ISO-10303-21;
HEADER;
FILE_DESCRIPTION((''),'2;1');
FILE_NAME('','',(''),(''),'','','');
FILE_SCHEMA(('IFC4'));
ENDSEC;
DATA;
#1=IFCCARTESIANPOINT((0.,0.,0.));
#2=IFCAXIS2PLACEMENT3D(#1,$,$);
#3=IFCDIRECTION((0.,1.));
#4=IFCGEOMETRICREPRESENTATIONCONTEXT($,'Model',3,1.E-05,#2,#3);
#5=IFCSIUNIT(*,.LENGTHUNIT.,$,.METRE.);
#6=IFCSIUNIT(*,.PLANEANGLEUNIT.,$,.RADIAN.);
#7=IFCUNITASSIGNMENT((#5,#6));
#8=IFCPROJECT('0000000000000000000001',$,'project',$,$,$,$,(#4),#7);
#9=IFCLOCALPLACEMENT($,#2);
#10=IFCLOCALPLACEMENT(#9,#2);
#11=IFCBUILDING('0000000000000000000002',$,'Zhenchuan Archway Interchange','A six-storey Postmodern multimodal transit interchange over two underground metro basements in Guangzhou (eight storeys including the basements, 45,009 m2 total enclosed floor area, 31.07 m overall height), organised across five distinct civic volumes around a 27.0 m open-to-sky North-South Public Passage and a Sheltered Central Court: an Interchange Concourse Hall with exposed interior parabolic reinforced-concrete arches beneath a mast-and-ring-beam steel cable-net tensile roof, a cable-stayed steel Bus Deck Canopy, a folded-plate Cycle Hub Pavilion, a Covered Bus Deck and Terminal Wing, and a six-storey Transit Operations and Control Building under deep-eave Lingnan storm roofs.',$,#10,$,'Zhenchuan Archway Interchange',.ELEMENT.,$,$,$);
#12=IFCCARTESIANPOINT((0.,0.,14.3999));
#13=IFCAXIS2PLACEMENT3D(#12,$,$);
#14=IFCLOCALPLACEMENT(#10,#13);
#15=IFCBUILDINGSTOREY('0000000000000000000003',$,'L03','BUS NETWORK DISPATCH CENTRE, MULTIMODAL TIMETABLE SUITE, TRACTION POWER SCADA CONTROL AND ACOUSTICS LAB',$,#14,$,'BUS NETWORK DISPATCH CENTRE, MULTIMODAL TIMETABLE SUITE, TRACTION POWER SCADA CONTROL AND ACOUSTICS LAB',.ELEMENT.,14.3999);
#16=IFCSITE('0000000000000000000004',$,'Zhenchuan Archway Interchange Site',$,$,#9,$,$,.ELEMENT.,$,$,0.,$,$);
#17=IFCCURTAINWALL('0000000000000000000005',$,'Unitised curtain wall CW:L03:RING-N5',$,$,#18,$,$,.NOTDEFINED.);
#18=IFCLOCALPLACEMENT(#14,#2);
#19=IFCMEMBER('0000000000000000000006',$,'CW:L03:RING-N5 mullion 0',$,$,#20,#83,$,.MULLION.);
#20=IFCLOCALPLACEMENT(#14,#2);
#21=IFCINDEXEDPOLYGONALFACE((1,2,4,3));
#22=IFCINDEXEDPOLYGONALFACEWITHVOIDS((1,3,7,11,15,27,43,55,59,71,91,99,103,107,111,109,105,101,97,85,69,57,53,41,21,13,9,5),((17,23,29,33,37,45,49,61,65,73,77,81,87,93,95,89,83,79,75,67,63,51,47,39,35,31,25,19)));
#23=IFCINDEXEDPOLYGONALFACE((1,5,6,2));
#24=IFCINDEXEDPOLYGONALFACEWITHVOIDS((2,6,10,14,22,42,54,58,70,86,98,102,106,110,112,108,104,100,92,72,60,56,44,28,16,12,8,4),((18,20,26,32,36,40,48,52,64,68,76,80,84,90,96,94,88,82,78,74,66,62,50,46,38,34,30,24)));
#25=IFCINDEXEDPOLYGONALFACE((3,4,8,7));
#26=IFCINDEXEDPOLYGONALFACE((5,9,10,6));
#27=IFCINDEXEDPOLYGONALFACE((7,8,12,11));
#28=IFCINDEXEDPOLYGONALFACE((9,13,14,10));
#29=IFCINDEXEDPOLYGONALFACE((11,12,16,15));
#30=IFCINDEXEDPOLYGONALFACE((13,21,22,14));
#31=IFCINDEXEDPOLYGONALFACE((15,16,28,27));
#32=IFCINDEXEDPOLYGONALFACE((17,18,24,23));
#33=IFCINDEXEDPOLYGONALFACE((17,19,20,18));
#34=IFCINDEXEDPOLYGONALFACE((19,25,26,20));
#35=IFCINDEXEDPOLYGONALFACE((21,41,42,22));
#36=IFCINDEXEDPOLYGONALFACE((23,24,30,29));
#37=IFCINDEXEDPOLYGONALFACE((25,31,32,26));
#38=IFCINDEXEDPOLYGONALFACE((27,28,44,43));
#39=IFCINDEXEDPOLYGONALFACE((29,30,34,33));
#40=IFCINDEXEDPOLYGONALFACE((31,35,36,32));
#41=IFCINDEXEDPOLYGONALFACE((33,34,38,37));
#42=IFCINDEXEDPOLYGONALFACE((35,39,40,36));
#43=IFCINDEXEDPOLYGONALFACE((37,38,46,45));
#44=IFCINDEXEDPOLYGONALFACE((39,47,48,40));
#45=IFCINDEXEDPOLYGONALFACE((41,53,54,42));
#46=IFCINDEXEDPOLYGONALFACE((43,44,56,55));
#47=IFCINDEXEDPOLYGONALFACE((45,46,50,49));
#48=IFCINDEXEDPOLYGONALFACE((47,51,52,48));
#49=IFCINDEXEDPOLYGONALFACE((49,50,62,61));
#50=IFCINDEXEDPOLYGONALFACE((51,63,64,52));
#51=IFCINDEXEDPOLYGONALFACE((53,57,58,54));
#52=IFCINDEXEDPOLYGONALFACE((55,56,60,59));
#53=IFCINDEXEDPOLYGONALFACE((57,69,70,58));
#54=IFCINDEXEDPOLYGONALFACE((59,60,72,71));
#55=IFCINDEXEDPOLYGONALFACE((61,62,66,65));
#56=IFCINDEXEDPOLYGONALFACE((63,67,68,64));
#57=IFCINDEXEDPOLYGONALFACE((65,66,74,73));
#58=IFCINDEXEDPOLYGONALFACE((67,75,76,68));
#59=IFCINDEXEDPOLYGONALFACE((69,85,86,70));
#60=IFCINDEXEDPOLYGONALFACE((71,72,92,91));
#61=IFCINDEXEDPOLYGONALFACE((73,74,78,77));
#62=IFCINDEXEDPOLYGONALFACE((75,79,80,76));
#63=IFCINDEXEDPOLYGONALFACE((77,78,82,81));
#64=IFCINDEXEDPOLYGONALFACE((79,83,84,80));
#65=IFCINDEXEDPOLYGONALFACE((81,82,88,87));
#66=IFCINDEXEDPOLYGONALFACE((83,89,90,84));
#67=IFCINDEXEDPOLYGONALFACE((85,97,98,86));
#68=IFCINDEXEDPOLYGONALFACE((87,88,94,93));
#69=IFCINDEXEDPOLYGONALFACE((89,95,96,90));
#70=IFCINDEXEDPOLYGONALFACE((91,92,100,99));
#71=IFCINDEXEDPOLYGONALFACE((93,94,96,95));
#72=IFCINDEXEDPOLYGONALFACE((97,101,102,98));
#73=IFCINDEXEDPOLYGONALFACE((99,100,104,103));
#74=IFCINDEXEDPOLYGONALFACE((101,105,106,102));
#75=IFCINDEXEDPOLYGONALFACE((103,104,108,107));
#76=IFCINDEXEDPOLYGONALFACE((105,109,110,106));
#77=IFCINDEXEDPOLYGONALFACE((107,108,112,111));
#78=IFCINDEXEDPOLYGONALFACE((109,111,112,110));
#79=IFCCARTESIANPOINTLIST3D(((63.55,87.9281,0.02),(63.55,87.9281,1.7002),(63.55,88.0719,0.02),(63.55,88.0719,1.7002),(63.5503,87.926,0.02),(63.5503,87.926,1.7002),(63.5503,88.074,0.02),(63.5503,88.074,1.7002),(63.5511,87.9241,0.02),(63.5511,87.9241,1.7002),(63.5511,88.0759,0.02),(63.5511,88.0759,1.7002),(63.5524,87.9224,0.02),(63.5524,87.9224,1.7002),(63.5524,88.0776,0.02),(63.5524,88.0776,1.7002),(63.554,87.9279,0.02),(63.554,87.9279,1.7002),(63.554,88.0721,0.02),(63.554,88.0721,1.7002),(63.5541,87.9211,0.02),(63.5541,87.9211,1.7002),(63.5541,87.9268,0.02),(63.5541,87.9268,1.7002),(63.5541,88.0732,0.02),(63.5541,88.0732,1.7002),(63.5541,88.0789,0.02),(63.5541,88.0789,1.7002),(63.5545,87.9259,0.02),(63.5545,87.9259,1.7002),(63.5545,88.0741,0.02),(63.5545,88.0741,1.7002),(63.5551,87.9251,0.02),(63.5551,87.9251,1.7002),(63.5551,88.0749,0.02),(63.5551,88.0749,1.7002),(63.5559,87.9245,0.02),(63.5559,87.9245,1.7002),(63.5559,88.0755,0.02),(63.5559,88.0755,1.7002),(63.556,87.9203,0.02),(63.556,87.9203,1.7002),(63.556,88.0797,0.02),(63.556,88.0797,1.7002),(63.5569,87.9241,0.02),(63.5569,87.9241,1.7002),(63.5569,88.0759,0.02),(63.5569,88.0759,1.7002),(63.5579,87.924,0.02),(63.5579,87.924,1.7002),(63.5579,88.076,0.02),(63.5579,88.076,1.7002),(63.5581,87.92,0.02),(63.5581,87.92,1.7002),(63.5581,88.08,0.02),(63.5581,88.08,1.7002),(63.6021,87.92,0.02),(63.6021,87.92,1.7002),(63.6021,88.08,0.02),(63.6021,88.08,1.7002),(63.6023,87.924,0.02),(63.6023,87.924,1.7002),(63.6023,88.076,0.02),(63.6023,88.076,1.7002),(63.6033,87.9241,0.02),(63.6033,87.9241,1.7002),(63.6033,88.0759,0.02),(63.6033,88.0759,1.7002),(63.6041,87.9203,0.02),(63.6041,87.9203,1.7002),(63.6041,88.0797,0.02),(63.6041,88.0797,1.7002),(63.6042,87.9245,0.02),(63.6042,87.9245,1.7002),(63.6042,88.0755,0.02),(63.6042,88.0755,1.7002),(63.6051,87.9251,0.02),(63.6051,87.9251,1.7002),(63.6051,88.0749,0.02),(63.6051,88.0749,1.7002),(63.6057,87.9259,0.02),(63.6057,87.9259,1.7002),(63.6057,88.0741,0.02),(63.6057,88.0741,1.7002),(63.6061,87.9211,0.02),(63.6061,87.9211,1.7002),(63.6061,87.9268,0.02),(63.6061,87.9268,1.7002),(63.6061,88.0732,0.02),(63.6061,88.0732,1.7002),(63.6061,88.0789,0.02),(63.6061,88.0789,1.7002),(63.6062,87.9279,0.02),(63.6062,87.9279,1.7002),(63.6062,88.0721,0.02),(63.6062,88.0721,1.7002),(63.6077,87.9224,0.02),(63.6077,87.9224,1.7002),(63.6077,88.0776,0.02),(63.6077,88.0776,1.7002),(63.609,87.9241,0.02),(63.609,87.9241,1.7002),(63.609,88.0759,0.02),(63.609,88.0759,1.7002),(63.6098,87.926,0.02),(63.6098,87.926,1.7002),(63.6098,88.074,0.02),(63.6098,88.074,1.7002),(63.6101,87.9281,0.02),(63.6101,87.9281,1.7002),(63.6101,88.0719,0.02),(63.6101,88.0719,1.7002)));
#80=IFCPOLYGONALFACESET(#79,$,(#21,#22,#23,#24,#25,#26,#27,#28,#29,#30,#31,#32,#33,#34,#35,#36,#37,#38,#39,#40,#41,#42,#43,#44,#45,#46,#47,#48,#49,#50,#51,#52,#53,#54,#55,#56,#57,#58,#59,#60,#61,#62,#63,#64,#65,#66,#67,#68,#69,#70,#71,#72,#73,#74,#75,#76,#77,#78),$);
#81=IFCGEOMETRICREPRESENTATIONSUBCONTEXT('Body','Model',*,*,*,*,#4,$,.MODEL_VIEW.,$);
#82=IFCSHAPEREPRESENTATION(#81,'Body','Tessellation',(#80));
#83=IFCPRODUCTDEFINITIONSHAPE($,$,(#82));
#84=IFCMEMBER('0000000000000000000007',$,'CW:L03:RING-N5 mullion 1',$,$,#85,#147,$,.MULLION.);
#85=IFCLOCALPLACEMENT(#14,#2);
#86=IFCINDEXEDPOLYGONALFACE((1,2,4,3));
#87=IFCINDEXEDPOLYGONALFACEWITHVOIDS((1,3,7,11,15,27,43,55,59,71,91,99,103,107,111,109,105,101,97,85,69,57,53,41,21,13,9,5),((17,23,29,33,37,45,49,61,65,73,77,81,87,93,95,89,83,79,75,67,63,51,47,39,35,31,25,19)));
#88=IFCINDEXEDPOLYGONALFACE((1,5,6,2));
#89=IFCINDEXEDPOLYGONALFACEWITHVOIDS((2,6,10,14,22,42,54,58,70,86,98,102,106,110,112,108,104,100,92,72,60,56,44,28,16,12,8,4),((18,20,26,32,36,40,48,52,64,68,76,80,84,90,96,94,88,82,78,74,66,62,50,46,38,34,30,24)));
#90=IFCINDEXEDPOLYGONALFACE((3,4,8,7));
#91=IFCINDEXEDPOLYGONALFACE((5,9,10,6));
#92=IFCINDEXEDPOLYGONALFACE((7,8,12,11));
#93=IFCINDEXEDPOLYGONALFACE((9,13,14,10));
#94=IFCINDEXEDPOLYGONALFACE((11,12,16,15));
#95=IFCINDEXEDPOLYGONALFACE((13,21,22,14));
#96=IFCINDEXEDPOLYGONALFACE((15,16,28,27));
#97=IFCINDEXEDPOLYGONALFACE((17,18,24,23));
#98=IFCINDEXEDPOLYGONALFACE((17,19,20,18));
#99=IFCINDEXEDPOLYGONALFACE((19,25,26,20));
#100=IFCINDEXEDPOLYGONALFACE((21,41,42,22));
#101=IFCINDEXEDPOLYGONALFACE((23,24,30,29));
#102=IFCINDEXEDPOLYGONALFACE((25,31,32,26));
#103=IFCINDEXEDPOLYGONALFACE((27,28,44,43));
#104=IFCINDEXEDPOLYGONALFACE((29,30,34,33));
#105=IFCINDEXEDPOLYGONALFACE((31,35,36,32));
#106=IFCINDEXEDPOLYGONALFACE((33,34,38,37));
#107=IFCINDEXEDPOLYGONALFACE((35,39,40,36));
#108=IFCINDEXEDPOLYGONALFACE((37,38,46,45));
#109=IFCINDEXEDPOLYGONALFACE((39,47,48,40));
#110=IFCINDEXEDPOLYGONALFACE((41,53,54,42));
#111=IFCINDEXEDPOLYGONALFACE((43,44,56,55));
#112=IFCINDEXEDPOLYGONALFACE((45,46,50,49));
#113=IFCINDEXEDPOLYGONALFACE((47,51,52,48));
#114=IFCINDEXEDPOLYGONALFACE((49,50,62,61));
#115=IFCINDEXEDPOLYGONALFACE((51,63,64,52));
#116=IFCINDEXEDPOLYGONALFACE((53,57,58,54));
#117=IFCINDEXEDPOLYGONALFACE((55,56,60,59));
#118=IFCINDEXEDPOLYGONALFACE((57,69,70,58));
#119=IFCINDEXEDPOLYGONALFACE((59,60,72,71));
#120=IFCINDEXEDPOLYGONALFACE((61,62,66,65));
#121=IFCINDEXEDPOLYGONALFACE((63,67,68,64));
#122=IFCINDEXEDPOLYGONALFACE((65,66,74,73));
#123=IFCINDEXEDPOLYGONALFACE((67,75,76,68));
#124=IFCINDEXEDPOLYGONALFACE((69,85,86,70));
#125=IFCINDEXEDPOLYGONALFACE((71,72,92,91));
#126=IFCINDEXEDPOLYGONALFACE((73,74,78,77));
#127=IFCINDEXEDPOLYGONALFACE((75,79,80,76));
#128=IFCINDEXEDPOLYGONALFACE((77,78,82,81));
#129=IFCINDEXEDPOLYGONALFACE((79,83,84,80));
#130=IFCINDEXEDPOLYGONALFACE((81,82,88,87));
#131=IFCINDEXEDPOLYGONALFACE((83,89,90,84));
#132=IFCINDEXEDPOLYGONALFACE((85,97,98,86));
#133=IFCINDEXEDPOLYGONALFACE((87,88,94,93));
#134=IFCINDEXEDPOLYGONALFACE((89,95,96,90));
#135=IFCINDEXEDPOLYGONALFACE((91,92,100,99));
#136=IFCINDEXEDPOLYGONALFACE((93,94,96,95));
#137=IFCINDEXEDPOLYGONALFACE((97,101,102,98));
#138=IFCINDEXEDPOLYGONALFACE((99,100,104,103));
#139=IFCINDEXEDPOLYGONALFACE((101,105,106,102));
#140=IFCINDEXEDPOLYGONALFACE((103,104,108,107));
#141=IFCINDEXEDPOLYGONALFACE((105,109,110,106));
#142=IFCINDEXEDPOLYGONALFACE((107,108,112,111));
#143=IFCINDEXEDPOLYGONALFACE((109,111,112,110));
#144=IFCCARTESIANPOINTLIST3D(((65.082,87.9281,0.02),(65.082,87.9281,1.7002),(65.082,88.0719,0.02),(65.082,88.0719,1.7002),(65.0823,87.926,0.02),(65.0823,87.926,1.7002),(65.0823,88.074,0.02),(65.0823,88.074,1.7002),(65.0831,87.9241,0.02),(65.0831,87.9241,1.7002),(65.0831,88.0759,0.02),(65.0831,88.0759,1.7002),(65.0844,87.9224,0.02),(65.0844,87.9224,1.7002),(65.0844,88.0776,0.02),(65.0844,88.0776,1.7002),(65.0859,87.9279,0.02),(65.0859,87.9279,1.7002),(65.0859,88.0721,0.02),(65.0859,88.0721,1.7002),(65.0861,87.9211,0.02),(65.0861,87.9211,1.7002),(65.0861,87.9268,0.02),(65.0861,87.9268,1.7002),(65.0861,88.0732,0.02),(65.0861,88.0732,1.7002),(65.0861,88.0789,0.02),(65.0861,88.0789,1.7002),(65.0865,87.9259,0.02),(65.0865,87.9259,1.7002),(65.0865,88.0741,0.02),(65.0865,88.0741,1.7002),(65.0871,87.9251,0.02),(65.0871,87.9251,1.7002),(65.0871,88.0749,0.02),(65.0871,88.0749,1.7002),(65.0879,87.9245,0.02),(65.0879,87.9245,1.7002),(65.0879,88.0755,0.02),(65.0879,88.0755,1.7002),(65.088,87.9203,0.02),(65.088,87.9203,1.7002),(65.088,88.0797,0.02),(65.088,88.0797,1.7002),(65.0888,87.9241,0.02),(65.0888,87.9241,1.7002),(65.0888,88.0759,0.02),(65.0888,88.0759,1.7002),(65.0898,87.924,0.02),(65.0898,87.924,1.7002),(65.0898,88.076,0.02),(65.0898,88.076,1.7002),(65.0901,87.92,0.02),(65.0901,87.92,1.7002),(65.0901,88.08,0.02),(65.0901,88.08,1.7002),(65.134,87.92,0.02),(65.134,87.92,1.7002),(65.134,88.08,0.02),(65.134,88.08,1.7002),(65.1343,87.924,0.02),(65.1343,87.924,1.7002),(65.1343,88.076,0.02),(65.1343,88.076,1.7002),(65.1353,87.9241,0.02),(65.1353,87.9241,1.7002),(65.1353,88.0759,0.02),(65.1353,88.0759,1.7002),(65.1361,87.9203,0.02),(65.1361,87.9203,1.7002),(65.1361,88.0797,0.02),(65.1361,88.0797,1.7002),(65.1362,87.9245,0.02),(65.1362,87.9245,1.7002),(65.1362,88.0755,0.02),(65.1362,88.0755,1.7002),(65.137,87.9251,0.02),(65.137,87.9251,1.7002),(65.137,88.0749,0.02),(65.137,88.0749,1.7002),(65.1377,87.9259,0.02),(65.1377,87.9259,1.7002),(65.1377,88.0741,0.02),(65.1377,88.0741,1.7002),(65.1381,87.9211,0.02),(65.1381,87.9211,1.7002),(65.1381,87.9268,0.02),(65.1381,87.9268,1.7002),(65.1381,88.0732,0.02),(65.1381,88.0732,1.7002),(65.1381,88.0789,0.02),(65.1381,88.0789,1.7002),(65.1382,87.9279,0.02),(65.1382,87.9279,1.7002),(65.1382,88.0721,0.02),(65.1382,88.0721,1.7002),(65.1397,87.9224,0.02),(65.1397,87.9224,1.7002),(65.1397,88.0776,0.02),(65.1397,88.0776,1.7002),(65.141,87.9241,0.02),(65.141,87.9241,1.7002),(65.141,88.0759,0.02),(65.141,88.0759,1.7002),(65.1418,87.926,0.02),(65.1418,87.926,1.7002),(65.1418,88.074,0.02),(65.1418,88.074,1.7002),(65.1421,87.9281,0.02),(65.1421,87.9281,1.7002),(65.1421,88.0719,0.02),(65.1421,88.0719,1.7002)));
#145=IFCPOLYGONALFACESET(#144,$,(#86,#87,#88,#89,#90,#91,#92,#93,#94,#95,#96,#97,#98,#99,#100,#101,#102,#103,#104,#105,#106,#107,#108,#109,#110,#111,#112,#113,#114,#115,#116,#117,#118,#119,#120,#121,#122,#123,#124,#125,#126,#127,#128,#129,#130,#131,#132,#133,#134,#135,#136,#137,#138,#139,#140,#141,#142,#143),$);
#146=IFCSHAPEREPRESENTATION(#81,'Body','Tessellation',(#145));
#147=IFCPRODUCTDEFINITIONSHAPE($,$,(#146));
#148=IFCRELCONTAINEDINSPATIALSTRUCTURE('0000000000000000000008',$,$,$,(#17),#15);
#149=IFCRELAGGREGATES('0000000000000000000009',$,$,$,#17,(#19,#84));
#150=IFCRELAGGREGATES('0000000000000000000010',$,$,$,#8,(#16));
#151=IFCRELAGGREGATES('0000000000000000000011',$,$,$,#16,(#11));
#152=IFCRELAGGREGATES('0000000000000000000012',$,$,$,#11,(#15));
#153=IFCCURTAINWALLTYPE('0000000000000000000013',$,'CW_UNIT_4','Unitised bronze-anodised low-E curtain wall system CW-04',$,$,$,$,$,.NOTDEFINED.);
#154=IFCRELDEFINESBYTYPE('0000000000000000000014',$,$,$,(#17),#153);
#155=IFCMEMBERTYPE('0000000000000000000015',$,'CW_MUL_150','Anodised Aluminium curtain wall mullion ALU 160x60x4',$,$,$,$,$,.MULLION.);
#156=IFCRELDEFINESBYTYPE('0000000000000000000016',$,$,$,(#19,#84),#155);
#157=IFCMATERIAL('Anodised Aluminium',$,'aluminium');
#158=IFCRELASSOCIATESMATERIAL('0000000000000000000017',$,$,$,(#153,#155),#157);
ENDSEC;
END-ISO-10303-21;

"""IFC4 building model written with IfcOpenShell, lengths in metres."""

from ifc_helpers import new_model, si_unit, direction, frame, origin, origin_2d, place, context, subcontext, project, spatial, hollow_rectangle, extrude, material, material_profile, profile_set, type_object, element, aggregate, save


model = new_model("IFC4")

# Units and contexts
model_context = context("Model", 3, precision=1e-05, world=origin(), true_north=direction((0.0, 1.0)))
body_context = subcontext(model_context, "Body", "Model", "MODEL_VIEW")
ifc_project = project(units=[si_unit("LENGTHUNIT", "METRE"), si_unit("PLANEANGLEUNIT", "RADIAN")], contexts=[model_context])

# Site, building, storey
site_placement = place(None, origin())
site = spatial("IfcSite", under=ifc_project, at=site_placement, Name="Zhenchuan Archway Interchange Site", CompositionType="ELEMENT", RefElevation=0.0)
building_placement = place(site_placement, origin())
building = spatial("IfcBuilding", under=site, at=building_placement, Name="Zhenchuan Archway Interchange", Description="A six-storey Postmodern multimodal transit interchange over two underground metro basements in Guangzhou (eight storeys including the basements, 45,009 m2 total enclosed floor area, 31.07 m overall height), organised across five distinct civic volumes around a 27.0 m open-to-sky North-South Public Passage and a Sheltered Central Court: an Interchange Concourse Hall with exposed interior parabolic reinforced-concrete arches beneath a mast-and-ring-beam steel cable-net tensile roof, a cable-stayed steel Bus Deck Canopy, a folded-plate Cycle Hub Pavilion, a Covered Bus Deck and Terminal Wing, and a six-storey Transit Operations and Control Building under deep-eave Lingnan storm roofs.", LongName="Zhenchuan Archway Interchange", CompositionType="ELEMENT")
storey_placement = place(building_placement, frame((0.0, 0.0, 14.3999)))
storey = spatial("IfcBuildingStorey", under=building, at=storey_placement, Name="L03", Description="BUS NETWORK DISPATCH CENTRE, MULTIMODAL TIMETABLE SUITE, TRACTION POWER SCADA CONTROL AND ACOUSTICS LAB", LongName="BUS NETWORK DISPATCH CENTRE, MULTIMODAL TIMETABLE SUITE, TRACTION POWER SCADA CONTROL AND ACOUSTICS LAB", CompositionType="ELEMENT", Elevation=14.3999)

# Curtain wall, members
ifc_material_1 = material(Name="Anodised Aluminium", Category="aluminium")
curtain_wall_type = type_object("IfcCurtainWallType", Name="CW_UNIT_4", Description="Unitised bronze-anodised low-E curtain wall system CW-04", PredefinedType="NOTDEFINED", material=ifc_material_1)
ifc_material_profile_1 = material_profile(ifc_material_1, hollow_rectangle(XDim=0.0601, YDim=0.1599, WallThickness=0.0039, InnerFilletRadius=0.0039, OuterFilletRadius=0.0081, at=origin_2d()), Name="ALU 160x60x4")
ifc_profile_set_1 = profile_set([ifc_material_profile_1], Name="Anodised Aluminium")
member_type_1 = type_object("IfcMemberType", Name="CW_MUL_150", Description="Anodised Aluminium curtain wall mullion ALU 160x60x4", PredefinedType="MULLION", material=ifc_profile_set_1)
curtain_wall_1_placement = place(storey_placement, origin())
curtain_wall_1 = element("IfcCurtainWall", 1, at=curtain_wall_1_placement, inside=storey, type_object=curtain_wall_type, Name="Unitised curtain wall CW:L03:RING-N5", PredefinedType="NOTDEFINED")
member_1_placement = place(storey_placement, frame((63.5801, 88.0, 0.02), z_axis=(0.0, 0.0, 1.0), x_axis=(1.0, 0.0, 0.0)))
member_1 = element("IfcMember", 2, at=member_1_placement, type_object=member_type_1, Name="CW:L03:RING-N5 mullion 0", PredefinedType="MULLION", context=body_context, shape_type="SweptSolid", body=[
    extrude(hollow_rectangle(XDim=0.0601, YDim=0.1599, WallThickness=0.0039, InnerFilletRadius=0.0039, OuterFilletRadius=0.0081, at=origin_2d()), origin(), (0.0, 0.0, 1.0), 1.6802),
])
member_2_placement = place(storey_placement, frame((65.1121, 88.0, 0.02), z_axis=(0.0, 0.0, 1.0), x_axis=(1.0, 0.0, 0.0)))
member_2 = element("IfcMember", 3, at=member_2_placement, type_object=member_type_1, Name="CW:L03:RING-N5 mullion 1", PredefinedType="MULLION", context=body_context, shape_type="SweptSolid", body=[
    extrude(hollow_rectangle(XDim=0.0601, YDim=0.1599, WallThickness=0.0039, InnerFilletRadius=0.0039, OuterFilletRadius=0.0081, at=origin_2d()), origin(), (0.0, 0.0, 1.0), 1.6802),
])

aggregate(curtain_wall_1, [member_1, member_2])

save(model, "model.ifc")
